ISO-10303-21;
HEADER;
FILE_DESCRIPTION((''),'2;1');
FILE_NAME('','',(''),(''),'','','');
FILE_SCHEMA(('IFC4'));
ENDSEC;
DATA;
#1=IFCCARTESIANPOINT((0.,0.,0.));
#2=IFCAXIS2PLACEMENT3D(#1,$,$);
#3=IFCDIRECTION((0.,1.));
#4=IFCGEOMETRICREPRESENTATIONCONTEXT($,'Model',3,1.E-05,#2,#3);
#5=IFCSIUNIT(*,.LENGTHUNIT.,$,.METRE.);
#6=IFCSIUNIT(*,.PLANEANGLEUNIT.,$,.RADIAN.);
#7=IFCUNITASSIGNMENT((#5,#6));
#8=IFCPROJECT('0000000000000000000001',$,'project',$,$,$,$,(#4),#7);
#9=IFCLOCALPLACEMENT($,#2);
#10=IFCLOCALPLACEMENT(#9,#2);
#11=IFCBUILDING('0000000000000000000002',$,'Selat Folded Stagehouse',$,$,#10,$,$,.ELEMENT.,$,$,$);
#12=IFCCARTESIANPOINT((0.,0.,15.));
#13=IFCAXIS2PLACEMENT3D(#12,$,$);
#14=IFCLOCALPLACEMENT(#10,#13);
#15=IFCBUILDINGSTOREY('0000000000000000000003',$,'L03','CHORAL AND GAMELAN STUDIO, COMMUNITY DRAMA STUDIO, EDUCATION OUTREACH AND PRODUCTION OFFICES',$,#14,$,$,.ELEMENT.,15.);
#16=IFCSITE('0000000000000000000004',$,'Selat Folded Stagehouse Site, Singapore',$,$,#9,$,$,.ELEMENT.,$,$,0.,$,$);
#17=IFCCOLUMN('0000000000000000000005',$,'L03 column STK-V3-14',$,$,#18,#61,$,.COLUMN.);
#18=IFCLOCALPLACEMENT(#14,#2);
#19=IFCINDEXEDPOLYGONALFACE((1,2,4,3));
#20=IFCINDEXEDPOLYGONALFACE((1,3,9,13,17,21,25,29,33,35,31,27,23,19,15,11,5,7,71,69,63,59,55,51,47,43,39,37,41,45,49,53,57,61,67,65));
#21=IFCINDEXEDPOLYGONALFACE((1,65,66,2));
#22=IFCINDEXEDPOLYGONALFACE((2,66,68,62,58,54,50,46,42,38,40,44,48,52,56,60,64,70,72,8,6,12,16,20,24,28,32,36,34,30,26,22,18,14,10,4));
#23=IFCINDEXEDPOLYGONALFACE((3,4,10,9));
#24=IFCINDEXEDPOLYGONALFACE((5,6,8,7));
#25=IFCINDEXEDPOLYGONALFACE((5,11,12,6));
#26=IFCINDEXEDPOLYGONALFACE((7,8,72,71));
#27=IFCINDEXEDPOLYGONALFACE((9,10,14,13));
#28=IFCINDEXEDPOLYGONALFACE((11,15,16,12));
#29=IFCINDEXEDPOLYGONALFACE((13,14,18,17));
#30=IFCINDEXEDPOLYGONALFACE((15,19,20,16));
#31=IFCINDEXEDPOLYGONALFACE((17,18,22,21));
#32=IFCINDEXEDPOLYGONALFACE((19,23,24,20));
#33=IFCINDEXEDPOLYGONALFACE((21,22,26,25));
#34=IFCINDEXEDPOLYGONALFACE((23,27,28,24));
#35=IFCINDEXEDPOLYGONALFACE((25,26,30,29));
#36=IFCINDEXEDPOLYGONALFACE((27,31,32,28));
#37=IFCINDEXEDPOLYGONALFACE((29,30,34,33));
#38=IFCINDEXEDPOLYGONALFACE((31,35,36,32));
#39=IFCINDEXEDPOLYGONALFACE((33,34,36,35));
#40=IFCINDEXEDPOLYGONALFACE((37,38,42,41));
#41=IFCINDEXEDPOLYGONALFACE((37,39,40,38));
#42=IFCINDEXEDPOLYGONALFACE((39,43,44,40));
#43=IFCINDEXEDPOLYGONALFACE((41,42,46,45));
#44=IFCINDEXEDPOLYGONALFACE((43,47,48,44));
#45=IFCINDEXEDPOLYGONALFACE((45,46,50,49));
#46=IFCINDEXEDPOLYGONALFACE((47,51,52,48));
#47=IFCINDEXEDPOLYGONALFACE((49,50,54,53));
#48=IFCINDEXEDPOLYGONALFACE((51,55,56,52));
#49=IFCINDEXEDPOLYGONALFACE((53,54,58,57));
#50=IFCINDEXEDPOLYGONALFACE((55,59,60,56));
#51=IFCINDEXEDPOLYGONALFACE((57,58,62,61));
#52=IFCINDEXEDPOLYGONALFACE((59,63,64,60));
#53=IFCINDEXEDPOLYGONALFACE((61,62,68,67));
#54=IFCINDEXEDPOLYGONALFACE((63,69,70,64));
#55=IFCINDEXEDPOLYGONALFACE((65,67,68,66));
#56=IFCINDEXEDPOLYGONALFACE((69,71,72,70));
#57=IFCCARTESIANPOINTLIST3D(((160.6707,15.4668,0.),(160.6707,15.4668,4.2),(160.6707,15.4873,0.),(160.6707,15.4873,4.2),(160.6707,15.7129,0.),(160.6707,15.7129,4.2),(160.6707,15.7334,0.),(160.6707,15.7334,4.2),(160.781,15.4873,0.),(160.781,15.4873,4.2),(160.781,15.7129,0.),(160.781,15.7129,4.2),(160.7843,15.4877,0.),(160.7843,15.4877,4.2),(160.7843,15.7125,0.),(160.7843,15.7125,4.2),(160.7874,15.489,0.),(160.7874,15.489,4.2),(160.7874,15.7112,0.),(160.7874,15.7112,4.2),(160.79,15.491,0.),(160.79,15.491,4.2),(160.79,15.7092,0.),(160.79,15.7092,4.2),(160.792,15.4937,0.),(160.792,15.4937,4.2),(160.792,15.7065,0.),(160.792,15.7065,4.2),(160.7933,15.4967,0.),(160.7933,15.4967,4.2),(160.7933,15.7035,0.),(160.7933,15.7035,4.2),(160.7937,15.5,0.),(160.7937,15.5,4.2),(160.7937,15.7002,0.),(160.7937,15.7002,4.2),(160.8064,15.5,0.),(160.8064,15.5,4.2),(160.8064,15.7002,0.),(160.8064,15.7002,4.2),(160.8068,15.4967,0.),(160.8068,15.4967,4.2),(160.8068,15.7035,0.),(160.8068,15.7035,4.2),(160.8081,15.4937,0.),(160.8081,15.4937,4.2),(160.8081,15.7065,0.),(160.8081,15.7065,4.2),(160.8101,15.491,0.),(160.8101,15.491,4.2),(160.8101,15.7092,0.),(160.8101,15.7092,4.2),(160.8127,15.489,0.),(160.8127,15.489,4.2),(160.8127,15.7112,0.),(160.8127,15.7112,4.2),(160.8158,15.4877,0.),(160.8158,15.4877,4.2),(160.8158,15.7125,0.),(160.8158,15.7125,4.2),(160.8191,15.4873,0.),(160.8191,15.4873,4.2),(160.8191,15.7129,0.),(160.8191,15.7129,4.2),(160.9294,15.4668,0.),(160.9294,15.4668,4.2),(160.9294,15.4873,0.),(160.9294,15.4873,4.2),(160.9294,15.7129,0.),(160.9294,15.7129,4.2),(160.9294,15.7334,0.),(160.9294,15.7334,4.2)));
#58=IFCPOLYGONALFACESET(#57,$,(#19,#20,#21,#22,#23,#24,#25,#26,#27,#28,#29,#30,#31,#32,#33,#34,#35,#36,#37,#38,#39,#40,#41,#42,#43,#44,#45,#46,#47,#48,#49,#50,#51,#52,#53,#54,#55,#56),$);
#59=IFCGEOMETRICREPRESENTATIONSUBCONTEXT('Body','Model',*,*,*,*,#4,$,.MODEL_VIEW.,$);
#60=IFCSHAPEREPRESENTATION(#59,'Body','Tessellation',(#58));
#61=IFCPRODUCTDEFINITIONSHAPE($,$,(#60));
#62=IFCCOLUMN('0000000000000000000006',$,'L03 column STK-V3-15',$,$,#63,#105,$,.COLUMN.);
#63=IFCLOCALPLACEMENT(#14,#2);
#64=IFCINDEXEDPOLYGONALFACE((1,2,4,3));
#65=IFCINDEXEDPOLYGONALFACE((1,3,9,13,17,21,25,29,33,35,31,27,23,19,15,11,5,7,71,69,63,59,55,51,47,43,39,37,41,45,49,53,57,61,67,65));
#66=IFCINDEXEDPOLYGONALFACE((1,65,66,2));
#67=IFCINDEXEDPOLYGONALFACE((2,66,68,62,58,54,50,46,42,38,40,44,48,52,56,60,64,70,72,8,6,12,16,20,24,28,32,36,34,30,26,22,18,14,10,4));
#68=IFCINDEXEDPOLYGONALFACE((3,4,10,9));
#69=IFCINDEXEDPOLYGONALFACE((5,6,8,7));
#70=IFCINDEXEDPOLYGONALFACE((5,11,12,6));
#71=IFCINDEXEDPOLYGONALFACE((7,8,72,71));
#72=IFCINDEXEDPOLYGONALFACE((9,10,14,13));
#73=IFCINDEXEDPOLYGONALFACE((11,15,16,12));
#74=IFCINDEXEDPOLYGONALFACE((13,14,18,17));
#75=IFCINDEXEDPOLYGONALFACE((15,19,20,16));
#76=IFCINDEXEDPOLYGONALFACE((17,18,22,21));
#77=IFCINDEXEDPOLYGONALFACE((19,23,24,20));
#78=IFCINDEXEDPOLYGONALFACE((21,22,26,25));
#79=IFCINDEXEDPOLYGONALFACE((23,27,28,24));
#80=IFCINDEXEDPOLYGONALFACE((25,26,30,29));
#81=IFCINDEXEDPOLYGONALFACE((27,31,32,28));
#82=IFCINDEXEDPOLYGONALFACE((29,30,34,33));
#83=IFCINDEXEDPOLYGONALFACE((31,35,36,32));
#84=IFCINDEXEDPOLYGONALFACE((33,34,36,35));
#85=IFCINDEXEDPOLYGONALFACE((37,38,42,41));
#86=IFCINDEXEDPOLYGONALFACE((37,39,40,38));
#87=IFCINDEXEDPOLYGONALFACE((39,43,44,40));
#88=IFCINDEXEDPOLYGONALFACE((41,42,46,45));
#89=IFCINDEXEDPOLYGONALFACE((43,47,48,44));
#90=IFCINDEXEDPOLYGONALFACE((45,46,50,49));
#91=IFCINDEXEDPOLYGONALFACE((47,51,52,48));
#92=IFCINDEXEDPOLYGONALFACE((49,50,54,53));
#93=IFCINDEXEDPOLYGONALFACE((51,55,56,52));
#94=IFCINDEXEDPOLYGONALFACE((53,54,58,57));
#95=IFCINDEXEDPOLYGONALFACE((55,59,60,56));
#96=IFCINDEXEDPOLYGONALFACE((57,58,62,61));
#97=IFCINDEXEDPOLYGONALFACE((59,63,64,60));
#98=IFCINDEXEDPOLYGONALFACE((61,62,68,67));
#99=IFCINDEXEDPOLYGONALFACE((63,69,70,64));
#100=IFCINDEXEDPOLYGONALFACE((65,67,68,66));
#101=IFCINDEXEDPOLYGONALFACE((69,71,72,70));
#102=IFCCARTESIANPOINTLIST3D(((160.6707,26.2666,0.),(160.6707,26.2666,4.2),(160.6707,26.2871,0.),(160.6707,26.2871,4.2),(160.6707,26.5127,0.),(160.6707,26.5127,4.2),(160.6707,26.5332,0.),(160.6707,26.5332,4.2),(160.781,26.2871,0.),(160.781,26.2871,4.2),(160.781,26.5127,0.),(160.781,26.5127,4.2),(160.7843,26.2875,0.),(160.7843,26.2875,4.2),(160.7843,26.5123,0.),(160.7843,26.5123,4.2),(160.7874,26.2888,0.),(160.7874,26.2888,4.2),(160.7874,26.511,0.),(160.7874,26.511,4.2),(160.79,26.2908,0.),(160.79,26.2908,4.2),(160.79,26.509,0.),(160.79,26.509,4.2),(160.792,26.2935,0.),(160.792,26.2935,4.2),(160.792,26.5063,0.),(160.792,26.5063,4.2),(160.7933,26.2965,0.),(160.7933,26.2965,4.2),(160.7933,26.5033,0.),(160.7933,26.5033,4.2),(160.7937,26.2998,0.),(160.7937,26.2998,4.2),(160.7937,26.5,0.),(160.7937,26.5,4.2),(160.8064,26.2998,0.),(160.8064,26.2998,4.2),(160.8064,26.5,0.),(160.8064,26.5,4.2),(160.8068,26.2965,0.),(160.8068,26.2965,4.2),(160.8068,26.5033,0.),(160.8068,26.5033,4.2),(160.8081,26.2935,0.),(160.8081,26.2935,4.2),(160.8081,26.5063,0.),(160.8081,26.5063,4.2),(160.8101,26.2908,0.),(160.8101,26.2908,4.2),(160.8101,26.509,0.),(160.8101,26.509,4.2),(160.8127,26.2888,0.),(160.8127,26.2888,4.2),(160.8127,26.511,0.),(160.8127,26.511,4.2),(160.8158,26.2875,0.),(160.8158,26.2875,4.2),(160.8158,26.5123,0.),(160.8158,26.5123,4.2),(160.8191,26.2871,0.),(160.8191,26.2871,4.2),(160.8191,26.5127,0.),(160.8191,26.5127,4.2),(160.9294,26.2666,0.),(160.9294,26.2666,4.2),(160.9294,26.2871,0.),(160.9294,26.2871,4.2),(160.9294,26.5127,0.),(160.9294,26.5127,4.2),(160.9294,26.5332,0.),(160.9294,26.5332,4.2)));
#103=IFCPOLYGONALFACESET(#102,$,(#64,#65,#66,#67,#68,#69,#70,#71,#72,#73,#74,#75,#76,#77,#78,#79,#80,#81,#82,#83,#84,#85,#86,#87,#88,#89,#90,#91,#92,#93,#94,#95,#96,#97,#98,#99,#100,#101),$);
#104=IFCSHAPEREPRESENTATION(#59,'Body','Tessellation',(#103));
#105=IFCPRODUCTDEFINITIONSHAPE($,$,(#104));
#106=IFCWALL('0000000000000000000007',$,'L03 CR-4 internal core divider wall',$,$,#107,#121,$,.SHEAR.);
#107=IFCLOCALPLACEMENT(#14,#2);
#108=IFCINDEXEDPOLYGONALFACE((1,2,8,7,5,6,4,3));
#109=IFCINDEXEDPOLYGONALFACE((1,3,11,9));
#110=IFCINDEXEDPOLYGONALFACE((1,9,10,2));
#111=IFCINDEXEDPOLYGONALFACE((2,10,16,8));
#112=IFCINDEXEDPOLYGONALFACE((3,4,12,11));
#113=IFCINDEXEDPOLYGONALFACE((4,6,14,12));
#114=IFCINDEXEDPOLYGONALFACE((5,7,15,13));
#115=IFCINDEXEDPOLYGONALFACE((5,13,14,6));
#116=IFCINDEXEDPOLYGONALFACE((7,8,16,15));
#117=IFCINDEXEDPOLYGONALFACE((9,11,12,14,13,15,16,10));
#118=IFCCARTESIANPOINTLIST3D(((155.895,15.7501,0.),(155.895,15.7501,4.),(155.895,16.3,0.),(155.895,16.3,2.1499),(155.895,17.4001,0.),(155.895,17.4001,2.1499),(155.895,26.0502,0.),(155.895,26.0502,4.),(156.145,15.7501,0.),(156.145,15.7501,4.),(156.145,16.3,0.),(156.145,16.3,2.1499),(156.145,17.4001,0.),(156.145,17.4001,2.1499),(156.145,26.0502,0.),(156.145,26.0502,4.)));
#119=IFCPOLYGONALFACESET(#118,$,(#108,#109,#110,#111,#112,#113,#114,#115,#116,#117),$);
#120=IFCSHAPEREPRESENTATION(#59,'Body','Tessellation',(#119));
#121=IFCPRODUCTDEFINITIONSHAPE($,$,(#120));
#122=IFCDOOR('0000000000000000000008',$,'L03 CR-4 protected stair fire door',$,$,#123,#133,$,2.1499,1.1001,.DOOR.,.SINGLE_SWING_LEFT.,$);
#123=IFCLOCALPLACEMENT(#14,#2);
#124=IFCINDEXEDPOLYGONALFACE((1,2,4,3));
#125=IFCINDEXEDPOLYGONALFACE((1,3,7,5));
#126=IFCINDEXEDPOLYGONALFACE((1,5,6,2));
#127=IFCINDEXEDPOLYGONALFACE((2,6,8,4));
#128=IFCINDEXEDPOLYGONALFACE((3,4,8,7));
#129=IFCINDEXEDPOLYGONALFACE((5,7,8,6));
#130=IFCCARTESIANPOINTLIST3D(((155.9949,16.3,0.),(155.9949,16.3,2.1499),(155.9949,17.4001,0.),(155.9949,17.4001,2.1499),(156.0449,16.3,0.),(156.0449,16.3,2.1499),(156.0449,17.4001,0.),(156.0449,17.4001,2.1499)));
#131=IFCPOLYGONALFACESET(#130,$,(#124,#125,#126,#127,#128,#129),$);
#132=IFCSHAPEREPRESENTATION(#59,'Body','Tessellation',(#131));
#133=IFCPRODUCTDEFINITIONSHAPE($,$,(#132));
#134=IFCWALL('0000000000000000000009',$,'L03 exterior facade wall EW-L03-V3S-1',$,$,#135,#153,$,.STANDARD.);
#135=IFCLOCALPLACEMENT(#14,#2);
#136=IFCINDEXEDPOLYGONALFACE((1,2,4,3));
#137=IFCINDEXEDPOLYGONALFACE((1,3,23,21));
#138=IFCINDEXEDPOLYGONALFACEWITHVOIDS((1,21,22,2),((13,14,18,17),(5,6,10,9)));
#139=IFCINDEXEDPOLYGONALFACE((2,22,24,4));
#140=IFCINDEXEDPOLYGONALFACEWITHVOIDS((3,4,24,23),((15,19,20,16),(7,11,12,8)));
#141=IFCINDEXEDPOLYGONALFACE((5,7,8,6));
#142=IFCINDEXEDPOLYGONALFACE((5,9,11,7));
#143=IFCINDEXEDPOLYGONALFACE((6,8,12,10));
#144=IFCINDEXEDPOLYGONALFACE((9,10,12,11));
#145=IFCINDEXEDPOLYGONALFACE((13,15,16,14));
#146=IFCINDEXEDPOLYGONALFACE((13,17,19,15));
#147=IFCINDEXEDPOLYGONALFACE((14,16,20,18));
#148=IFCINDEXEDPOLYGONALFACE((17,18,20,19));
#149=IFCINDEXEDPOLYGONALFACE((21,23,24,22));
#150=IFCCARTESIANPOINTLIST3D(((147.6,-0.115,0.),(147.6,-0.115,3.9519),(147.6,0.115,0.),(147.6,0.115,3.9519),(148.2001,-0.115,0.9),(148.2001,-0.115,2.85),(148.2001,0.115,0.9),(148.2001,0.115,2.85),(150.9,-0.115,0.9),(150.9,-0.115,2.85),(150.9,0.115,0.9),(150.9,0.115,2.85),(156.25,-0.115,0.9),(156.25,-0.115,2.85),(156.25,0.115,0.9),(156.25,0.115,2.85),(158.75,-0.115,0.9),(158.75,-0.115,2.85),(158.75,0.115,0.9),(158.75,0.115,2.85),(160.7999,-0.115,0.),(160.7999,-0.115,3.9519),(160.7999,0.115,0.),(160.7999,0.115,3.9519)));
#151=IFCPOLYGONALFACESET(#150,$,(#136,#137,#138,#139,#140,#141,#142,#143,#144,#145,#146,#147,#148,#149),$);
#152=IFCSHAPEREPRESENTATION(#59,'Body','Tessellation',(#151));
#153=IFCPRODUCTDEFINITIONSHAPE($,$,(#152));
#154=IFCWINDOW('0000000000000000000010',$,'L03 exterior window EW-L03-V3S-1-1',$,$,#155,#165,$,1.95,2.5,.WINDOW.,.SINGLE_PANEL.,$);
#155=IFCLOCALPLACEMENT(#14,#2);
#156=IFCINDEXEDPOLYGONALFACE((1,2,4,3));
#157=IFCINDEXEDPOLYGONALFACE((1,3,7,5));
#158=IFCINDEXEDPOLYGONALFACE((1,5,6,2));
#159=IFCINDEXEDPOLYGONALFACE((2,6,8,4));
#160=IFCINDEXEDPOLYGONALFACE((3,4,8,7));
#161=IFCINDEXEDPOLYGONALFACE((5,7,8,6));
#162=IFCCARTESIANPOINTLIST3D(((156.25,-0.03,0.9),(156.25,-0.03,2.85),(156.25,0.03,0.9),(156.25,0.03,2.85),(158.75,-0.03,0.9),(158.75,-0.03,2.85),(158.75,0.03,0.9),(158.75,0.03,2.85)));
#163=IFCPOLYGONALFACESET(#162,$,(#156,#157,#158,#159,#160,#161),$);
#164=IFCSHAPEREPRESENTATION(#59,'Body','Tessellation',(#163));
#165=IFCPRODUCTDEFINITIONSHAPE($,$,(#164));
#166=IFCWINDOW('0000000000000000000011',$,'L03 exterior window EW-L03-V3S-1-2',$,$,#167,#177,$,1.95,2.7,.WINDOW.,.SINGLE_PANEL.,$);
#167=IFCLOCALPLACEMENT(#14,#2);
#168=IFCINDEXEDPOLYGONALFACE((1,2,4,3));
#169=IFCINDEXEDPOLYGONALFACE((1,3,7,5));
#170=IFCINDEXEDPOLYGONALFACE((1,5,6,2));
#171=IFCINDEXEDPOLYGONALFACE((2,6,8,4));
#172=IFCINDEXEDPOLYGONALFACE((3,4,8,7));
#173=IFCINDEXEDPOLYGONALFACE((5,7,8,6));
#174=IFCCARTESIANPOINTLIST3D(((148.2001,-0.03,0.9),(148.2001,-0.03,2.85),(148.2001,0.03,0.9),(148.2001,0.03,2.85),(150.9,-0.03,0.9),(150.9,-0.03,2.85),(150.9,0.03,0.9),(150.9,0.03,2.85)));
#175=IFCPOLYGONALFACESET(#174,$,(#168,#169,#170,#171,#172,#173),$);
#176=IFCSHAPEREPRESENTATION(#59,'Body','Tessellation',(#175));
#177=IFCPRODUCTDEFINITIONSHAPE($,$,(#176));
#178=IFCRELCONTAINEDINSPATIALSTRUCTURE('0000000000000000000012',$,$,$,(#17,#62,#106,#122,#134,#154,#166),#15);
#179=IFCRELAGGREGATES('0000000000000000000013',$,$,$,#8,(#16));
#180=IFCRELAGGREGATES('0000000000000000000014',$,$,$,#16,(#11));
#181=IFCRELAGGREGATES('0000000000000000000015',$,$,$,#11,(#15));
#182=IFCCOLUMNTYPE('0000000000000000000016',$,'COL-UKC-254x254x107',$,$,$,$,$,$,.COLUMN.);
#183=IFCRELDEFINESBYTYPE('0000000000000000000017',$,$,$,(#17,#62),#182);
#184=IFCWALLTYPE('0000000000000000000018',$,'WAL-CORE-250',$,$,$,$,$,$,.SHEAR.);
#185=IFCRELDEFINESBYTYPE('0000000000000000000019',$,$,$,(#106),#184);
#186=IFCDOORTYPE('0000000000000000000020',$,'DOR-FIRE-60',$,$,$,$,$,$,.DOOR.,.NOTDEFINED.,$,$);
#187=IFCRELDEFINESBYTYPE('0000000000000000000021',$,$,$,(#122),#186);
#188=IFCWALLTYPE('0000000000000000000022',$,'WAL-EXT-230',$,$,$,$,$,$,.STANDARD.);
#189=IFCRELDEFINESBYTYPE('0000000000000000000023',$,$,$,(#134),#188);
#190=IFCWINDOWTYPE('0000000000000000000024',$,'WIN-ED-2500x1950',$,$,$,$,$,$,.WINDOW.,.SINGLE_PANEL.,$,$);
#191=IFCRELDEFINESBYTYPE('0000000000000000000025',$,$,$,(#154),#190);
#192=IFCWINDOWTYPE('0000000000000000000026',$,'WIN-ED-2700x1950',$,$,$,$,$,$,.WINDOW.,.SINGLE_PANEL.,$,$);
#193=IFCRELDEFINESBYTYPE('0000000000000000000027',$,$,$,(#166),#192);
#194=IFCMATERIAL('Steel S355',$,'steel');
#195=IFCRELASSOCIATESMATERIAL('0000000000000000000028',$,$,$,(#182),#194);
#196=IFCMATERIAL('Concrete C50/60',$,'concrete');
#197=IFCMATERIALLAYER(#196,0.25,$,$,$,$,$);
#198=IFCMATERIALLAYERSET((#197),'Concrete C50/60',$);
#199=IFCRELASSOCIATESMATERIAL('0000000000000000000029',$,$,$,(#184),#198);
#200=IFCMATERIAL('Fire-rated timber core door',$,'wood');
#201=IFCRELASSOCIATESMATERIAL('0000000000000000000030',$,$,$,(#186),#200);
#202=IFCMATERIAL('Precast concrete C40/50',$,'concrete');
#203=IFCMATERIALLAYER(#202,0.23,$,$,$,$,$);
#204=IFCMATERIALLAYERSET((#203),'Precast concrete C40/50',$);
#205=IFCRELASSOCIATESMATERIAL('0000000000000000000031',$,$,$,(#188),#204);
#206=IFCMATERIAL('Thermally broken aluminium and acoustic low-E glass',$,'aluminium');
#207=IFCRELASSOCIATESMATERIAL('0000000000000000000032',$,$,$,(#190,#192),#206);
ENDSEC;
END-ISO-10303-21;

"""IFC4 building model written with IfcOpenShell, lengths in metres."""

from ifc_helpers import new_model, si_unit, direction, frame, frame_2d, origin, origin_2d, place, context, subcontext, project, spatial, rectangle, i_section, extrude, material, layer, layer_set, material_profile, profile_set, type_object, element, fill, save


model = new_model("IFC4")

# Units and contexts
model_context = context("Model", 3, precision=1e-05, world=origin(), true_north=direction((0.0, 1.0)))
body_context = subcontext(model_context, "Body", "Model", "MODEL_VIEW")
ifc_project = project(units=[si_unit("LENGTHUNIT", "METRE"), si_unit("PLANEANGLEUNIT", "RADIAN")], contexts=[model_context])

# Site, building, storey
site_placement = place(None, origin())
site = spatial("IfcSite", under=ifc_project, at=site_placement, Name="Selat Folded Stagehouse Site, Singapore", CompositionType="ELEMENT", RefElevation=0.0)
building_placement = place(site_placement, origin())
building = spatial("IfcBuilding", under=site, at=building_placement, Name="Selat Folded Stagehouse", CompositionType="ELEMENT")
storey_placement = place(building_placement, frame((0.0, 0.0, 15.0)))
storey = spatial("IfcBuildingStorey", under=building, at=storey_placement, Name="L03", Description="CHORAL AND GAMELAN STUDIO, COMMUNITY DRAMA STUDIO, EDUCATION OUTREACH AND PRODUCTION OFFICES", CompositionType="ELEMENT", Elevation=15.0)

# Columns
ifc_material_1 = material(Name="Steel S355", Category="steel")
ifc_material_profile = material_profile(ifc_material_1, i_section(OverallWidth=0.2588, OverallDepth=0.2666, WebThickness=0.0127, FlangeThickness=0.0205, FilletRadius=0.0127, at=origin_2d()), Name="UKC 254x254x107")
ifc_profile_set = profile_set([ifc_material_profile], Name="Steel S355")
column_type = type_object("IfcColumnType", Name="COL-UKC-254x254x107", PredefinedType="COLUMN", material=ifc_profile_set)
for number, where, z_axis, x_axis, name in (
    (1, (160.8, 15.6001, 0.0), (0.0, 0.0, 1.0), (1.0, 0.0, 0.0), "L03 column STK-V3-14"),
    (2, (160.8, 26.3999, 0.0), (0.0, 0.0, 1.0), (1.0, 0.0, 0.0), "L03 column STK-V3-15"),
):
    element("IfcColumn", number, at=place(storey_placement, frame(where, z_axis=z_axis, x_axis=x_axis)), inside=storey, type_object=column_type, Name=name, PredefinedType="COLUMN", context=body_context, shape_type="SweptSolid", body=[
        extrude(i_section(OverallWidth=0.2588, OverallDepth=0.2666, WebThickness=0.0127, FlangeThickness=0.0205, FilletRadius=0.0127, at=origin_2d()), origin(), (0.0, 0.0, 1.0), 4.2),
    ])

# Wall, opening, door
ifc_material_2 = material(Name="Concrete C50/60", Category="concrete")
ifc_layer_1 = layer(ifc_material_2, 0.25)
ifc_layer_set_1 = layer_set([ifc_layer_1], Name="Concrete C50/60")
wall_type_1 = type_object("IfcWallType", Name="WAL-CORE-250", PredefinedType="SHEAR", material=ifc_layer_set_1)
wall_1_placement = place(storey_placement, frame((156.02, 26.05, 0.0), z_axis=(0.0, 0.0, 1.0), x_axis=(0.0, -1.0, 0.0)))
wall_1 = element("IfcWall", 3, at=wall_1_placement, inside=storey, type_object=wall_type_1, Name="L03 CR-4 internal core divider wall", PredefinedType="SHEAR", context=body_context, shape_type="SweptSolid", body=[
    extrude(rectangle(XDim=10.3, YDim=0.25, at=frame_2d((5.1499, 0.0))), origin(), (0.0, 0.0, 1.0), 4.0),
])
opening_1_placement = place(wall_1_placement, frame((8.6499, 0.0, 0.0)))
opening_1 = element("IfcOpeningElement", 4, at=opening_1_placement, cuts=wall_1, PredefinedType="OPENING", context=body_context, shape_type="SweptSolid", body=[
    extrude(rectangle(XDim=1.1001, YDim=2.1499, at=frame_2d((0.55, 1.075))), frame((0.0, 0.135, 0.0), z_axis=(0.0, -1.0, 0.0), x_axis=(1.0, 0.0, 0.0)), (0.0, 0.0, 1.0), 0.27),
])
ifc_material_3 = material(Name="Fire-rated timber core door", Category="wood")
door_type_1 = type_object("IfcDoorType", Name="DOR-FIRE-60", OperationType="NOTDEFINED", PredefinedType="DOOR", material=ifc_material_3)
door_1_placement = place(opening_1_placement, origin())
door_1 = element("IfcDoor", 5, at=door_1_placement, inside=storey, type_object=door_type_1, Name="L03 CR-4 protected stair fire door", OperationType="SINGLE_SWING_LEFT", OverallHeight=2.1499, OverallWidth=1.1001, PredefinedType="DOOR", context=body_context, shape_type="SweptSolid", body=[
    extrude(rectangle(XDim=1.1001, YDim=2.1499, at=frame_2d((0.55, 1.075))), frame((0.0, 0.0249, 0.0), z_axis=(0.0, -1.0, 0.0), x_axis=(1.0, 0.0, 0.0)), (0.0, 0.0, 1.0), 0.05),
])
fill(opening_1, door_1)

# Wall, openings, windows
ifc_material_4 = material(Name="Precast concrete C40/50", Category="concrete")
ifc_layer_2 = layer(ifc_material_4, 0.23)
ifc_layer_set_2 = layer_set([ifc_layer_2], Name="Precast concrete C40/50")
wall_type_2 = type_object("IfcWallType", Name="WAL-EXT-230", PredefinedType="STANDARD", material=ifc_layer_set_2)
wall_2_placement = place(storey_placement, frame((160.8, 0.0, 0.0), z_axis=(0.0, 0.0, 1.0), x_axis=(-1.0, 0.0, 0.0)))
wall_2 = element("IfcWall", 6, at=wall_2_placement, inside=storey, type_object=wall_type_2, Name="L03 exterior facade wall EW-L03-V3S-1", PredefinedType="STANDARD", context=body_context, shape_type="SweptSolid", body=[
    extrude(rectangle(XDim=13.2, YDim=0.23, at=frame_2d((6.6001, 0.0))), origin(), (0.0, 0.0, 1.0), 3.9519),
])
opening_2_placement = place(wall_2_placement, frame((2.05, 0.0, 0.8999)))
opening_2 = element("IfcOpeningElement", 7, at=opening_2_placement, cuts=wall_2, PredefinedType="OPENING", context=body_context, shape_type="SweptSolid", body=[
    extrude(rectangle(XDim=2.5, YDim=1.95, at=frame_2d((1.25, 0.9751))), frame((0.0, 0.125, 0.0), z_axis=(0.0, -1.0, 0.0), x_axis=(1.0, 0.0, 0.0)), (0.0, 0.0, 1.0), 0.25),
])
opening_3_placement = place(wall_2_placement, frame((9.8999, 0.0, 0.8999)))
opening_3 = element("IfcOpeningElement", 8, at=opening_3_placement, cuts=wall_2, PredefinedType="OPENING", context=body_context, shape_type="SweptSolid", body=[
    extrude(rectangle(XDim=2.7, YDim=1.95, at=frame_2d((1.3501, 0.9751))), frame((0.0, 0.125, 0.0), z_axis=(0.0, -1.0, 0.0), x_axis=(1.0, 0.0, 0.0)), (0.0, 0.0, 1.0), 0.25),
])
ifc_material_5 = material(Name="Thermally broken aluminium and acoustic low-E glass", Category="aluminium")
window_type_1 = type_object("IfcWindowType", Name="WIN-ED-2500x1950", PartitioningType="SINGLE_PANEL", PredefinedType="WINDOW", material=ifc_material_5)
window_1_placement = place(opening_2_placement, origin())
window_1 = element("IfcWindow", 9, at=window_1_placement, inside=storey, type_object=window_type_1, Name="L03 exterior window EW-L03-V3S-1-1", OverallHeight=1.95, OverallWidth=2.5, PartitioningType="SINGLE_PANEL", PredefinedType="WINDOW", context=body_context, shape_type="SweptSolid", body=[
    extrude(rectangle(XDim=2.5, YDim=1.95, at=frame_2d((1.25, 0.9751))), frame((0.0, 0.03, 0.0), z_axis=(0.0, -1.0, 0.0), x_axis=(1.0, 0.0, 0.0)), (0.0, 0.0, 1.0), 0.0601),
])
fill(opening_2, window_1)
window_type_2 = type_object("IfcWindowType", Name="WIN-ED-2700x1950", PartitioningType="SINGLE_PANEL", PredefinedType="WINDOW", material=ifc_material_5)
window_2_placement = place(opening_3_placement, origin())
window_2 = element("IfcWindow", 10, at=window_2_placement, inside=storey, type_object=window_type_2, Name="L03 exterior window EW-L03-V3S-1-2", OverallHeight=1.95, OverallWidth=2.7, PartitioningType="SINGLE_PANEL", PredefinedType="WINDOW", context=body_context, shape_type="SweptSolid", body=[
    extrude(rectangle(XDim=2.7, YDim=1.95, at=frame_2d((1.3501, 0.9751))), frame((0.0, 0.03, 0.0), z_axis=(0.0, -1.0, 0.0), x_axis=(1.0, 0.0, 0.0)), (0.0, 0.0, 1.0), 0.0601),
])
fill(opening_3, window_2)

save(model, "model.ifc")
